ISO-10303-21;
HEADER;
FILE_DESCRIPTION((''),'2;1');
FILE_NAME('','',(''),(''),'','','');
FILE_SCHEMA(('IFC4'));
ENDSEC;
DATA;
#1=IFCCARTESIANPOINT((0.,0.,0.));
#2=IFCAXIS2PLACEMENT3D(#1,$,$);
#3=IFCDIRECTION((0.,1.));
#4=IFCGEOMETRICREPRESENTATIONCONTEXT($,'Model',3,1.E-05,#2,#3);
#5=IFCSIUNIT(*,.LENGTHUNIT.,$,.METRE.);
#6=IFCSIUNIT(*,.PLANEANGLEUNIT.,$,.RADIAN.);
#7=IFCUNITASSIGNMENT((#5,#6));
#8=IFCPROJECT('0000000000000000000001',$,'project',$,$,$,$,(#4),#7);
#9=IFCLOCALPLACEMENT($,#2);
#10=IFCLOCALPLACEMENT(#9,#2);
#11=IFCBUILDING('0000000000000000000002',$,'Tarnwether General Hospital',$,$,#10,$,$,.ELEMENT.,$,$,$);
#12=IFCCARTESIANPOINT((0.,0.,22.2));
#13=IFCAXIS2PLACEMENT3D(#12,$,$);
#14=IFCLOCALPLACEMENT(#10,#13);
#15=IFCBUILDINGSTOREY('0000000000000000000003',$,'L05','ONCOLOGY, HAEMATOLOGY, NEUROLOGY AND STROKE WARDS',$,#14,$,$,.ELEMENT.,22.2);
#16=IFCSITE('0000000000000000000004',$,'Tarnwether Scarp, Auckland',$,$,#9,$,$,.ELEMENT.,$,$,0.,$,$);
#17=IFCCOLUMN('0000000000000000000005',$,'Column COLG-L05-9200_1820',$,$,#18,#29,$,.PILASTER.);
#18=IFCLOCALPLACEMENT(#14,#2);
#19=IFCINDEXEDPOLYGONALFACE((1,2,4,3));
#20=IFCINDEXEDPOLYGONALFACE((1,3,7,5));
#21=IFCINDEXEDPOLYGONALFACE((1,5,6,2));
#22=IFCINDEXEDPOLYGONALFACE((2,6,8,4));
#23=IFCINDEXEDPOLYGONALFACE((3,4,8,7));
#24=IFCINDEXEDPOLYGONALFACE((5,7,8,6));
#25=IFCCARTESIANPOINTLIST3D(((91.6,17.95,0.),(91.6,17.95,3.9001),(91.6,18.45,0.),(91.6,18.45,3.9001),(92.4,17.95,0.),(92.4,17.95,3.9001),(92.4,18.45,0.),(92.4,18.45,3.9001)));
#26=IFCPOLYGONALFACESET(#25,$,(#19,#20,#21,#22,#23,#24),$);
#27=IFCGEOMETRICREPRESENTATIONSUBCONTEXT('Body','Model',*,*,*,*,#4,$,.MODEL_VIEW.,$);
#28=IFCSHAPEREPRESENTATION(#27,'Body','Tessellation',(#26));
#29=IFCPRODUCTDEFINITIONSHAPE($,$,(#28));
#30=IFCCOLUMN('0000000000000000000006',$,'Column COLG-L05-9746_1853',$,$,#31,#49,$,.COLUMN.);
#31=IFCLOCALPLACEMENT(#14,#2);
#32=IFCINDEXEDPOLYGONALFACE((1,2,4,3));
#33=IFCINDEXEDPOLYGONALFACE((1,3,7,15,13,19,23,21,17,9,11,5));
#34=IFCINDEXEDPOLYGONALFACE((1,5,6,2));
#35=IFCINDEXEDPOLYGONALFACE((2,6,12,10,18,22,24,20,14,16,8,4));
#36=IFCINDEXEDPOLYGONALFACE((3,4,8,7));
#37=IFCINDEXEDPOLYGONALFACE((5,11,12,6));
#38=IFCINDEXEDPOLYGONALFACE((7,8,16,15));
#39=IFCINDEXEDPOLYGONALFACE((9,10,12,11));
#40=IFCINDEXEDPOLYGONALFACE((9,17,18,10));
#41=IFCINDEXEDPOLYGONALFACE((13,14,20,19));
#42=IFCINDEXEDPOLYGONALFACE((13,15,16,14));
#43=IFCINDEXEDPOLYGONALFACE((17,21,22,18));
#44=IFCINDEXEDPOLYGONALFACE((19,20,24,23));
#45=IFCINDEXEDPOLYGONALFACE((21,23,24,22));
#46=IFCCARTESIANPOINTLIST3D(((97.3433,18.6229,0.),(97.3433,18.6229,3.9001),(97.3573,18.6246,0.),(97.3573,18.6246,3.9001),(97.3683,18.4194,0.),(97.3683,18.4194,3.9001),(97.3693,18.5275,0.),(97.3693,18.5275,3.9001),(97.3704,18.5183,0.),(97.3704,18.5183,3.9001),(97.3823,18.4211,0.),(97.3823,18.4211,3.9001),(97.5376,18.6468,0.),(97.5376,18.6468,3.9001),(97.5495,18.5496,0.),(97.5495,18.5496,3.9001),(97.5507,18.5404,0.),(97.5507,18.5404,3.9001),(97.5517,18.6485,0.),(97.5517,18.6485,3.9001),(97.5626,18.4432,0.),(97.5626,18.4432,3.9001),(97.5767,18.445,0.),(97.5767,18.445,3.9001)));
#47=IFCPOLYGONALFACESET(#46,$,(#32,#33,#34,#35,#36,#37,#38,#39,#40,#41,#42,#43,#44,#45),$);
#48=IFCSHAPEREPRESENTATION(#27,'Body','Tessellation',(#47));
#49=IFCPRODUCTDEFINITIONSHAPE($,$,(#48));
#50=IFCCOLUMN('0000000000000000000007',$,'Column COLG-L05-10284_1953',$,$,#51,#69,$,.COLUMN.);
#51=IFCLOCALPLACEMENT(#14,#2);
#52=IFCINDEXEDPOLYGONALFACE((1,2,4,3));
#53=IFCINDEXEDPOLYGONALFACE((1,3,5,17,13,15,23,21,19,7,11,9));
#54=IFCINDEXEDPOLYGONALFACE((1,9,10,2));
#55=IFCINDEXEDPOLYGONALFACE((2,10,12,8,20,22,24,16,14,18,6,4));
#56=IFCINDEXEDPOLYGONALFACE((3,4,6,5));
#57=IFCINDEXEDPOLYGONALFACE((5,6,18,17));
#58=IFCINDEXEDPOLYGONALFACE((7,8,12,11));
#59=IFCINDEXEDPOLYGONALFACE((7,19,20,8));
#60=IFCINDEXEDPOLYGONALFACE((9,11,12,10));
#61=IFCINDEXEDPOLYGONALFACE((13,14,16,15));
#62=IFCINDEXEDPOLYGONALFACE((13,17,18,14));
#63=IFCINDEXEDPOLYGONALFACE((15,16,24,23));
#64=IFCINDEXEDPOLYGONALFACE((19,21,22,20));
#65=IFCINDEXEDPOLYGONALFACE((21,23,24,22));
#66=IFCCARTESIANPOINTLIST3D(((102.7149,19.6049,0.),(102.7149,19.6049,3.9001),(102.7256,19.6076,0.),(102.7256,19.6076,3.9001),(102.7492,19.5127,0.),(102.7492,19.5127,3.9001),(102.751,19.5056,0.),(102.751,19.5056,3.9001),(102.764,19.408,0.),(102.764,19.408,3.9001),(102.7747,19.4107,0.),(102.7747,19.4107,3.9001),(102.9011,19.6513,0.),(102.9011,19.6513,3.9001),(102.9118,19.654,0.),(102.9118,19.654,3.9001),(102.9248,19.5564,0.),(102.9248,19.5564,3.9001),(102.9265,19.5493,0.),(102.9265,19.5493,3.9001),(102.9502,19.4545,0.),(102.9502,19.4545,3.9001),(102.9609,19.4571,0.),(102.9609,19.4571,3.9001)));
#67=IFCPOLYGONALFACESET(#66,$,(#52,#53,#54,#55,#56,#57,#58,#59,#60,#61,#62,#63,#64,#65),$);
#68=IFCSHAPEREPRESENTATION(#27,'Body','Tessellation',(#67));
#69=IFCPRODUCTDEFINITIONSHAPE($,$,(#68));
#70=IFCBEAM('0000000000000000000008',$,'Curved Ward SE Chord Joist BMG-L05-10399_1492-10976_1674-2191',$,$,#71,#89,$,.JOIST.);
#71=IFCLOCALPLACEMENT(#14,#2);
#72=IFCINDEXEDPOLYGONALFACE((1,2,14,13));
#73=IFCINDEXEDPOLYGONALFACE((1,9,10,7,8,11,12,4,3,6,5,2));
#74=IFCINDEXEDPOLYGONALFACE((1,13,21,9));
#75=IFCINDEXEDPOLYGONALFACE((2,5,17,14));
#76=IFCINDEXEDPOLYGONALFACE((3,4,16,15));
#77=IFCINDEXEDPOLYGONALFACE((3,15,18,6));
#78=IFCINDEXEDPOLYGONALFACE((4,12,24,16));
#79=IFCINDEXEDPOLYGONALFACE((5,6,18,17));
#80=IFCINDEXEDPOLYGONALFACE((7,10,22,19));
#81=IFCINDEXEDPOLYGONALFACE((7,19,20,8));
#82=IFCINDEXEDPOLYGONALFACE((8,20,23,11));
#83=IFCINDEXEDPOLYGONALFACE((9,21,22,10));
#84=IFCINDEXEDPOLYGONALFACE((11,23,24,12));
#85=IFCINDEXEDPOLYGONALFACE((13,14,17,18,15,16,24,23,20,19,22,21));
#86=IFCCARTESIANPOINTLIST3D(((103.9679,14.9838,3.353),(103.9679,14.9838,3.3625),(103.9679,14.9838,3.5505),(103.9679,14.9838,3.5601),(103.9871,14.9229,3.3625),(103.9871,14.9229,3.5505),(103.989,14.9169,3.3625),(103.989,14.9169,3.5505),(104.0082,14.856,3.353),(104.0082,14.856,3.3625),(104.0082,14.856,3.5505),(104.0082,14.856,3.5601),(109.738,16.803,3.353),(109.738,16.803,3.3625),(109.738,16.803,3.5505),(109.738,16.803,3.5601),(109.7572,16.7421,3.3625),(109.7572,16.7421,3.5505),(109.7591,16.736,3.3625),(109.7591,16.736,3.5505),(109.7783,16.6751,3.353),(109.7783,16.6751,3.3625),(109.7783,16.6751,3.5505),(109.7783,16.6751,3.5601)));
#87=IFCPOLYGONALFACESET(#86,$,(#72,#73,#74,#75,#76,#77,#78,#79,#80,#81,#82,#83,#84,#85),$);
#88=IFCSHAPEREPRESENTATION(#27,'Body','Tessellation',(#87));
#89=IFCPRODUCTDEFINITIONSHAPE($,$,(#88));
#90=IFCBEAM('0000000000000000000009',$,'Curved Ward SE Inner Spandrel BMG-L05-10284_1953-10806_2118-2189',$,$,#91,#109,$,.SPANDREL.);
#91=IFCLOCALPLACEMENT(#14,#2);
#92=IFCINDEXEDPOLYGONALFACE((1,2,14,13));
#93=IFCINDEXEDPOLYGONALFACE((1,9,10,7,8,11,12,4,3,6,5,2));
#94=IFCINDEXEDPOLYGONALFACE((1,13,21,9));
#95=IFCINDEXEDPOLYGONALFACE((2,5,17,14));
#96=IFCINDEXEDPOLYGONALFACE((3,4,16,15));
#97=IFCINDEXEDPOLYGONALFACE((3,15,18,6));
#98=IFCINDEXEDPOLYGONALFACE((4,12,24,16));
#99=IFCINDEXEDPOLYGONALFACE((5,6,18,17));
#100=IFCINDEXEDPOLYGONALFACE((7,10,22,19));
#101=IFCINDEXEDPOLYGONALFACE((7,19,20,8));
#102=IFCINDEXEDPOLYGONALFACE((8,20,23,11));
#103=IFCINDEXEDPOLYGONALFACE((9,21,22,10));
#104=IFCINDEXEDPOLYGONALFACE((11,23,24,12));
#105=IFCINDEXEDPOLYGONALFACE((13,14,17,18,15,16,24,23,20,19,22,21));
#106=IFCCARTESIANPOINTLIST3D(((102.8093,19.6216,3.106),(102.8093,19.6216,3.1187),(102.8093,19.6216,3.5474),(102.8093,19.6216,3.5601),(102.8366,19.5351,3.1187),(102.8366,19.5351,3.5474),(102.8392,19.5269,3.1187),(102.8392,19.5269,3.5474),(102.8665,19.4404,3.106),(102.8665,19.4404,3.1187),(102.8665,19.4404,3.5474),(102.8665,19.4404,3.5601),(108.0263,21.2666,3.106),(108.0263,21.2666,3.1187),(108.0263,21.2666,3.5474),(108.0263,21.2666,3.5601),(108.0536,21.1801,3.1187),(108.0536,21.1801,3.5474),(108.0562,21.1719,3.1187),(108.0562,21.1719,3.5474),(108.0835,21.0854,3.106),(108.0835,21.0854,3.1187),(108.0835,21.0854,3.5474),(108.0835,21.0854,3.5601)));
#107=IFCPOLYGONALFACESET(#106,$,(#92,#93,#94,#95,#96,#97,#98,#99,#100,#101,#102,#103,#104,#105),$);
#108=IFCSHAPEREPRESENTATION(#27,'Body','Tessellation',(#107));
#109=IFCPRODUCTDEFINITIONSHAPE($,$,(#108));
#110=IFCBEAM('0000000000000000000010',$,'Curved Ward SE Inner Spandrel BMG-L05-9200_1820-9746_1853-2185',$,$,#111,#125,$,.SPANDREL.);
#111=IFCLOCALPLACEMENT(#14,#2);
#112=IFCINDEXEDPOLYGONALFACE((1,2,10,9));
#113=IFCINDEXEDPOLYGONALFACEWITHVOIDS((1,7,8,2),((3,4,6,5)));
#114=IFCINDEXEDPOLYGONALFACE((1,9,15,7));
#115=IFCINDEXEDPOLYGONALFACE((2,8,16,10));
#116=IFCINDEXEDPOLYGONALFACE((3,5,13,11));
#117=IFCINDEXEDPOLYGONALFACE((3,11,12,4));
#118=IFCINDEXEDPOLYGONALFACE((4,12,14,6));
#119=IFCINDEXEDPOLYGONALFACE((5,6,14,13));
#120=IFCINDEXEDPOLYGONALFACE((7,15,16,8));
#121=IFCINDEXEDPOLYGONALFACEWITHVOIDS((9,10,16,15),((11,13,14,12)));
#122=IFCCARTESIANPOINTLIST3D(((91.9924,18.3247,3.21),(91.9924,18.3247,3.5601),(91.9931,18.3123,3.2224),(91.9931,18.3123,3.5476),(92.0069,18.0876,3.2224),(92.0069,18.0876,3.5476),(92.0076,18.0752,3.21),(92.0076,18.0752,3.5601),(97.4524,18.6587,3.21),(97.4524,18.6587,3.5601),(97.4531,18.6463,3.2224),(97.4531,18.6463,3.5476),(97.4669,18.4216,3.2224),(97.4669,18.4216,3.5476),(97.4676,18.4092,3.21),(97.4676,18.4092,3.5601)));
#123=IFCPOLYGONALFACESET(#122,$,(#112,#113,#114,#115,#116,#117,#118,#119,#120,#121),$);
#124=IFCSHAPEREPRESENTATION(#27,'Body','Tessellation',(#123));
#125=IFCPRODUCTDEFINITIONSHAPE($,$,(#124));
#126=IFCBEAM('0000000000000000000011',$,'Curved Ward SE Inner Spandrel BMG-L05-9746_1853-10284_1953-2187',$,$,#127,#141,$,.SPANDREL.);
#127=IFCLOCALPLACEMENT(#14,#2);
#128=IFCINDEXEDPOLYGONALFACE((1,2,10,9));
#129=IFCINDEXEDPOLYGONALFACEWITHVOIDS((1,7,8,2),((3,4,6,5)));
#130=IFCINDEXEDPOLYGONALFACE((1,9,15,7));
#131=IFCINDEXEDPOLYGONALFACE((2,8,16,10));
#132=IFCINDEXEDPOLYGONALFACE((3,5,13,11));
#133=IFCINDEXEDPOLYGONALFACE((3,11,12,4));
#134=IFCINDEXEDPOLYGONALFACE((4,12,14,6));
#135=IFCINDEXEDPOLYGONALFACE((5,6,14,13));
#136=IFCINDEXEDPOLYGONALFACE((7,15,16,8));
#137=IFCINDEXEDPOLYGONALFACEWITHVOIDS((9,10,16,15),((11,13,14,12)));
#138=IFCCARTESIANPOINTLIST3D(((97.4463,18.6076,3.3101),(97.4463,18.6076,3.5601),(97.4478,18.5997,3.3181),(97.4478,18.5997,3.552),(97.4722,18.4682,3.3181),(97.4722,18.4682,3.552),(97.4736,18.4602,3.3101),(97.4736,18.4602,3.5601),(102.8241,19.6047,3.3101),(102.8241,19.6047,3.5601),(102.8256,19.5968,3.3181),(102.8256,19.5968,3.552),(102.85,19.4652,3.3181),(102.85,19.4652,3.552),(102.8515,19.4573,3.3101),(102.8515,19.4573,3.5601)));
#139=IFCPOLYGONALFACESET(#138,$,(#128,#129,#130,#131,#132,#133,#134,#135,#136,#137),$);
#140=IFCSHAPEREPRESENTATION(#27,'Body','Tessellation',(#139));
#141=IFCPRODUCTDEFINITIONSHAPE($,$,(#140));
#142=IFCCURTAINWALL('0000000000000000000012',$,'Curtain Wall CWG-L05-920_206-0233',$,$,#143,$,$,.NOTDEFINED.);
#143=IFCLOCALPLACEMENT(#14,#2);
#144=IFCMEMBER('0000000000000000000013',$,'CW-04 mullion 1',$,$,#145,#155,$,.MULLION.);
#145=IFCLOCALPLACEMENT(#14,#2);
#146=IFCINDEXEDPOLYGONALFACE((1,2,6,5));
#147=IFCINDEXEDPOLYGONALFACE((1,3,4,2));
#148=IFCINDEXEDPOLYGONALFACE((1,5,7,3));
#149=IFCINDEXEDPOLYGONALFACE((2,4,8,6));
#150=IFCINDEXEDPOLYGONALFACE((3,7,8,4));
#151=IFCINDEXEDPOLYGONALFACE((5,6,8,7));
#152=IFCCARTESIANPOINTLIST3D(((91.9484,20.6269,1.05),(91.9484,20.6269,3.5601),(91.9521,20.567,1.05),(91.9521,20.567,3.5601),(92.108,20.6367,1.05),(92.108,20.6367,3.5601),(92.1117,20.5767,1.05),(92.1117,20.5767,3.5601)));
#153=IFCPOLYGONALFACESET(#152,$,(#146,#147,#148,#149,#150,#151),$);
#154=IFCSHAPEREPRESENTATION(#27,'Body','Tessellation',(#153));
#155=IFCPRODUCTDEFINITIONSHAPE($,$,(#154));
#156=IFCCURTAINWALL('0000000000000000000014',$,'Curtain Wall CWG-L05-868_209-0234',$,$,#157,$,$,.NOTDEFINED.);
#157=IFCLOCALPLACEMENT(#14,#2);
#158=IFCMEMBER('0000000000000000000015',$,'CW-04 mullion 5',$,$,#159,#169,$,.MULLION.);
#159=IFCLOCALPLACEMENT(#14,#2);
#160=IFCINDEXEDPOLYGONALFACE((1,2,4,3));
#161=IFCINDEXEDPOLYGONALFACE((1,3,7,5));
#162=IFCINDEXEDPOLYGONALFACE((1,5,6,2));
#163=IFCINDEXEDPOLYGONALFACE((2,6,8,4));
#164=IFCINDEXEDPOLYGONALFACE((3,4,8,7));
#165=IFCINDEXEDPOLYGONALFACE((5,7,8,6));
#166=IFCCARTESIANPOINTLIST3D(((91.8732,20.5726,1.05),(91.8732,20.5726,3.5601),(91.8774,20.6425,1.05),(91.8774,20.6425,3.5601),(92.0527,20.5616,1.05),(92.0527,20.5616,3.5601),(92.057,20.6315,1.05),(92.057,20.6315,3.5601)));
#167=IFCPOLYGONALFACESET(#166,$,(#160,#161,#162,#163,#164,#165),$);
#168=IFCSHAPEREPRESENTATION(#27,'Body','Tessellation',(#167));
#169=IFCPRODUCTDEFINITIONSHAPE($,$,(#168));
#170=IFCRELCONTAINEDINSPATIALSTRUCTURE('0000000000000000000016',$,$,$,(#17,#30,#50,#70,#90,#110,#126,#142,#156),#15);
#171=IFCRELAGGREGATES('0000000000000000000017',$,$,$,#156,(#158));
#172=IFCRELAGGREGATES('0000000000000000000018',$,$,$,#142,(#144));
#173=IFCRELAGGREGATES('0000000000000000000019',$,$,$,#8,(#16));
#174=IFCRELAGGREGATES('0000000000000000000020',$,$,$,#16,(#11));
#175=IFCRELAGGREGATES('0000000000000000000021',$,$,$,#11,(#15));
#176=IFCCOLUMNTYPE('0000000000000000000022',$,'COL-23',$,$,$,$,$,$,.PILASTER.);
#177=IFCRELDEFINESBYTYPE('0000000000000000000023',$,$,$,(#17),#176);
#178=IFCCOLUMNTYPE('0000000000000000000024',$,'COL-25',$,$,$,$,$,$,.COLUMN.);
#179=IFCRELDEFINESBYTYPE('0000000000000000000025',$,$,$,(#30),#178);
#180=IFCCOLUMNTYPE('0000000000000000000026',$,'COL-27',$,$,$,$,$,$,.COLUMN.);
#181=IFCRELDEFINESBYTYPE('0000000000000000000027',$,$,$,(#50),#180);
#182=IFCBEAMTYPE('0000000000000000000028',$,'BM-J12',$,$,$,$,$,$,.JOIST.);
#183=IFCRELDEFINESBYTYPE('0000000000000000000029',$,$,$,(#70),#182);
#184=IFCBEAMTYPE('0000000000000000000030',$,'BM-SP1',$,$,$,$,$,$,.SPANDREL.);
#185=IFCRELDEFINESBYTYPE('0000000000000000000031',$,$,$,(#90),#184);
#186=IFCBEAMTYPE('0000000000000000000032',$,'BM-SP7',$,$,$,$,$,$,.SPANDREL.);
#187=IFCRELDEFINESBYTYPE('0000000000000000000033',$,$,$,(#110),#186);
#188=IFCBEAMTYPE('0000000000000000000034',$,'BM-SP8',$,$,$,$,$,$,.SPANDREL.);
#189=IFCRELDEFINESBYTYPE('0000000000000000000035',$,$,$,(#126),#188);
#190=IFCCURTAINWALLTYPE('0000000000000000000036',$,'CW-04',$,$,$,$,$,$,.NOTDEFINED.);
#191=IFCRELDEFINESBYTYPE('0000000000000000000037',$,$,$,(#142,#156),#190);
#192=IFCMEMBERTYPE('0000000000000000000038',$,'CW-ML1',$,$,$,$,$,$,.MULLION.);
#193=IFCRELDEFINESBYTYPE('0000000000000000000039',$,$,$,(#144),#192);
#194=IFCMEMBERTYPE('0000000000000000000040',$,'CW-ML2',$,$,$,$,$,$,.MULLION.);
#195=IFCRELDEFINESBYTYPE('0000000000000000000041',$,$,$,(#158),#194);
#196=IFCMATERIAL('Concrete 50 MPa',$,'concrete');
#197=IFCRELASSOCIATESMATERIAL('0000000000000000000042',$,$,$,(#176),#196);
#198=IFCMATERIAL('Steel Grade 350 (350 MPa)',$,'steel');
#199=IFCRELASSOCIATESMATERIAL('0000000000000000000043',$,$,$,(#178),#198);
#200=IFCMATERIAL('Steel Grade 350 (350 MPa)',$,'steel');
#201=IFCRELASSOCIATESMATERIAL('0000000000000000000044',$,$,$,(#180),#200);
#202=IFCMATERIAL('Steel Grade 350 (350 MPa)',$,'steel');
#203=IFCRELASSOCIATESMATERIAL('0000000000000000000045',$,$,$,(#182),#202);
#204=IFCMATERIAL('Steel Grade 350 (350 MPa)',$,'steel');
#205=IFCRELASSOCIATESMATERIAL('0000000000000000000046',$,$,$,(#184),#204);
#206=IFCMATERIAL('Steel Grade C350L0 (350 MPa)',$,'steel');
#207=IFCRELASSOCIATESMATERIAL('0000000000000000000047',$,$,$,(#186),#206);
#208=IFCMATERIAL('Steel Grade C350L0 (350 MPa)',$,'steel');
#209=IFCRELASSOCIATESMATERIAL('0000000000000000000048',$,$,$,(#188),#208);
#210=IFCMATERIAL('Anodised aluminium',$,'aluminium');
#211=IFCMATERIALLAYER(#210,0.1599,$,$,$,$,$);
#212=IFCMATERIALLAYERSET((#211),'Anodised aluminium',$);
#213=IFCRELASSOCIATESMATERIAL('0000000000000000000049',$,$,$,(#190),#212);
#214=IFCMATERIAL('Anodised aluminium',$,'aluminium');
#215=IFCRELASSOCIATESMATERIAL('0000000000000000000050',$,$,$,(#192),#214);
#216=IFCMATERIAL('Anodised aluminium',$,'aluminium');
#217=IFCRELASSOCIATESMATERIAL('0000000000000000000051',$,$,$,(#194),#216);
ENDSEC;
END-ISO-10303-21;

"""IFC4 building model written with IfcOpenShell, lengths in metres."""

from ifc_helpers import new_model, si_unit, direction, frame, origin, origin_2d, place, context, subcontext, project, spatial, rectangle, hollow_rectangle, i_section, extrude, material, layer, layer_set, material_profile, profile_set, type_object, element, aggregate, save


model = new_model("IFC4")

# Units and contexts
model_context = context("Model", 3, precision=1e-05, world=origin(), true_north=direction((0.0, 1.0)))
body_context = subcontext(model_context, "Body", "Model", "MODEL_VIEW")
ifc_project = project(units=[si_unit("LENGTHUNIT", "METRE"), si_unit("PLANEANGLEUNIT", "RADIAN")], contexts=[model_context])

# Site, building, storey
site_placement = place(None, origin())
site = spatial("IfcSite", under=ifc_project, at=site_placement, Name="Tarnwether Scarp, Auckland", CompositionType="ELEMENT", RefElevation=0.0)
building_placement = place(site_placement, origin())
building = spatial("IfcBuilding", under=site, at=building_placement, Name="Tarnwether General Hospital", CompositionType="ELEMENT")
storey_placement = place(building_placement, frame((0.0, 0.0, 22.2)))
storey = spatial("IfcBuildingStorey", under=building, at=storey_placement, Name="L05", Description="ONCOLOGY, HAEMATOLOGY, NEUROLOGY AND STROKE WARDS", CompositionType="ELEMENT", Elevation=22.2)

# Columns
ifc_material_1 = material(Name="Concrete 50 MPa", Category="concrete")
ifc_material_profile_1 = material_profile(ifc_material_1, rectangle(XDim=0.5, YDim=0.8, at=origin_2d()), Name="RC-PIL-500x800")
ifc_profile_set_1 = profile_set([ifc_material_profile_1], Name="Concrete 50 MPa")
column_type_1 = type_object("IfcColumnType", Name="COL-23", PredefinedType="PILASTER", material=ifc_profile_set_1)
column_1_placement = place(storey_placement, frame((92.0, 18.2, 0.0), z_axis=(0.0, 0.0, 1.0), x_axis=(0.0, 1.0, 0.0)))
element("IfcColumn", 1, at=column_1_placement, inside=storey, type_object=column_type_1, Name="Column COLG-L05-9200_1820", PredefinedType="PILASTER", context=body_context, shape_type="SweptSolid", body=[
    extrude(rectangle(XDim=0.5, YDim=0.8, at=origin_2d()), origin(), (0.0, 0.0, 1.0), 3.9001),
])
ifc_material_2 = material(Name="Steel Grade 350 (350 MPa)", Category="steel")
ifc_material_profile_2 = material_profile(ifc_material_2, i_section(OverallWidth=0.2051, OverallDepth=0.21, WebThickness=0.0093, FlangeThickness=0.0142, at=origin_2d()), Name="200UC59.5")
ifc_profile_set_2 = profile_set([ifc_material_profile_2], Name="Steel Grade 350 (350 MPa)")
column_type_2 = type_object("IfcColumnType", Name="COL-25", PredefinedType="COLUMN", material=ifc_profile_set_2)
column_2_placement = place(storey_placement, frame((97.46, 18.5339, 0.0), z_axis=(0.0, 0.0, 1.0), x_axis=(-0.121869, 0.992546, 0.0)))
element("IfcColumn", 2, at=column_2_placement, inside=storey, type_object=column_type_2, Name="Column COLG-L05-9746_1853", PredefinedType="COLUMN", context=body_context, shape_type="SweptSolid", body=[
    extrude(i_section(OverallWidth=0.2051, OverallDepth=0.21, WebThickness=0.0093, FlangeThickness=0.0142, at=origin_2d()), origin(), (0.0, 0.0, 1.0), 3.9001),
])
ifc_material_3 = material(Name="Steel Grade 350 (350 MPa)", Category="steel")
ifc_material_profile_3 = material_profile(ifc_material_3, i_section(OverallWidth=0.2029, OverallDepth=0.2029, WebThickness=0.0073, FlangeThickness=0.011, at=origin_2d()), Name="200UC46.2")
ifc_profile_set_3 = profile_set([ifc_material_profile_3], Name="Steel Grade 350 (350 MPa)")
column_type_3 = type_object("IfcColumnType", Name="COL-27", PredefinedType="COLUMN", material=ifc_profile_set_3)
column_3_placement = place(storey_placement, frame((102.8379, 19.531, 0.0), z_axis=(0.0, 0.0, 1.0), x_axis=(-0.241922, 0.970296, 0.0)))
element("IfcColumn", 3, at=column_3_placement, inside=storey, type_object=column_type_3, Name="Column COLG-L05-10284_1953", PredefinedType="COLUMN", context=body_context, shape_type="SweptSolid", body=[
    extrude(i_section(OverallWidth=0.2029, OverallDepth=0.2029, WebThickness=0.0073, FlangeThickness=0.011, at=origin_2d()), origin(), (0.0, 0.0, 1.0), 3.9001),
])

# Beams
ifc_material_4 = material(Name="Steel Grade 350 (350 MPa)", Category="steel")
ifc_material_profile_4 = material_profile(ifc_material_4, i_section(OverallWidth=0.134, OverallDepth=0.207, WebThickness=0.0063, FlangeThickness=0.0095, at=origin_2d()), Name="200UB29.8")
ifc_profile_set_4 = profile_set([ifc_material_profile_4], Name="Steel Grade 350 (350 MPa)")
beam_type_1 = type_object("IfcBeamType", Name="BM-J12", PredefinedType="JOIST", material=ifc_profile_set_4)
beam_1_placement = place(storey_placement, frame((103.988, 14.9199, 3.4565), z_axis=(0.953726, 0.300677, 0.0), x_axis=(-0.300677, 0.953726, 0.0)))
element("IfcBeam", 4, at=beam_1_placement, inside=storey, type_object=beam_type_1, Name="Curved Ward SE Chord Joist BMG-L05-10399_1492-10976_1674-2191", PredefinedType="JOIST", context=body_context, shape_type="SweptSolid", body=[
    extrude(i_section(OverallWidth=0.134, OverallDepth=0.207, WebThickness=0.0063, FlangeThickness=0.0095, at=origin_2d()), origin(), (0.0, 0.0, 1.0), 6.05),
])
ifc_material_5 = material(Name="Steel Grade 350 (350 MPa)", Category="steel")
ifc_material_profile_5 = material_profile(ifc_material_5, i_section(OverallWidth=0.1899, OverallDepth=0.4541, WebThickness=0.0085, FlangeThickness=0.0127, at=origin_2d()), Name="460UB67.1")
ifc_profile_set_5 = profile_set([ifc_material_profile_5], Name="Steel Grade 350 (350 MPa)")
beam_type_2 = type_object("IfcBeamType", Name="BM-SP1", PredefinedType="SPANDREL", material=ifc_profile_set_5)
beam_2_placement = place(storey_placement, frame((102.8379, 19.531, 3.333), z_axis=(0.953712, 0.300721, 0.0), x_axis=(-0.300721, 0.953712, 0.0)))
element("IfcBeam", 5, at=beam_2_placement, inside=storey, type_object=beam_type_2, Name="Curved Ward SE Inner Spandrel BMG-L05-10284_1953-10806_2118-2189", PredefinedType="SPANDREL", context=body_context, shape_type="SweptSolid", body=[
    extrude(i_section(OverallWidth=0.1899, OverallDepth=0.4541, WebThickness=0.0085, FlangeThickness=0.0127, at=origin_2d()), origin(), (0.0, 0.0, 1.0), 5.4702),
])
ifc_material_6 = material(Name="Steel Grade C350L0 (350 MPa)", Category="steel")
ifc_material_profile_6 = material_profile(ifc_material_6, hollow_rectangle(XDim=0.25, YDim=0.3501, WallThickness=0.0125, at=origin_2d()), Name="RHS350x250x12.5")
ifc_profile_set_6 = profile_set([ifc_material_profile_6], Name="Steel Grade C350L0 (350 MPa)")
beam_type_3 = type_object("IfcBeamType", Name="BM-SP7", PredefinedType="SPANDREL", material=ifc_profile_set_6)
beam_3_placement = place(storey_placement, frame((92.0, 18.2, 3.385), z_axis=(0.998134, 0.061056, 0.0), x_axis=(-0.061056, 0.998134, 0.0)))
element("IfcBeam", 6, at=beam_3_placement, inside=storey, type_object=beam_type_3, Name="Curved Ward SE Inner Spandrel BMG-L05-9200_1820-9746_1853-2185", PredefinedType="SPANDREL", context=body_context, shape_type="SweptSolid", body=[
    extrude(hollow_rectangle(XDim=0.25, YDim=0.3501, WallThickness=0.0125, at=origin_2d()), origin(), (0.0, 0.0, 1.0), 5.4702),
])
ifc_material_7 = material(Name="Steel Grade C350L0 (350 MPa)", Category="steel")
ifc_material_profile_7 = material_profile(ifc_material_7, hollow_rectangle(XDim=0.1499, YDim=0.25, WallThickness=0.0081, at=origin_2d()), Name="RHS250x150x8")
ifc_profile_set_7 = profile_set([ifc_material_profile_7], Name="Steel Grade C350L0 (350 MPa)")
beam_type_4 = type_object("IfcBeamType", Name="BM-SP8", PredefinedType="SPANDREL", material=ifc_profile_set_7)
beam_4_placement = place(storey_placement, frame((97.46, 18.5339, 3.4351), z_axis=(0.983244, 0.182294, 0.0), x_axis=(-0.182294, 0.983244, 0.0)))
element("IfcBeam", 7, at=beam_4_placement, inside=storey, type_object=beam_type_4, Name="Curved Ward SE Inner Spandrel BMG-L05-9746_1853-10284_1953-2187", PredefinedType="SPANDREL", context=body_context, shape_type="SweptSolid", body=[
    extrude(hollow_rectangle(XDim=0.1499, YDim=0.25, WallThickness=0.0081, at=origin_2d()), origin(), (0.0, 0.0, 1.0), 5.4695),
])

# Curtain walls, members
ifc_material_8 = material(Name="Anodised aluminium", Category="aluminium")
ifc_layer_1 = layer(ifc_material_8, 0.1599)
ifc_layer_set_1 = layer_set([ifc_layer_1], Name="Anodised aluminium")
curtain_wall_type = type_object("IfcCurtainWallType", Name="CW-04", PredefinedType="NOTDEFINED", material=ifc_layer_set_1)
curtain_wall_1_placement = place(storey_placement, origin())
curtain_wall_1 = element("IfcCurtainWall", 8, at=curtain_wall_1_placement, inside=storey, type_object=curtain_wall_type, Name="Curtain Wall CWG-L05-920_206-0233", PredefinedType="NOTDEFINED")
ifc_material_9 = material(Name="Anodised aluminium", Category="aluminium")
ifc_material_profile_8 = material_profile(ifc_material_9, rectangle(XDim=0.0601, YDim=0.1599, at=origin_2d()), Name="ALU-MUL-60x160")
ifc_profile_set_8 = profile_set([ifc_material_profile_8], Name="Anodised aluminium")
member_type_1 = type_object("IfcMemberType", Name="CW-ML1", PredefinedType="MULLION", material=ifc_profile_set_8)
member_1_placement = place(storey_placement, frame((92.03, 20.6018, 1.05), z_axis=(0.0, 0.0, 1.0), x_axis=(-0.061043, 0.998135, 0.0)))
member_1 = element("IfcMember", 9, at=member_1_placement, type_object=member_type_1, Name="CW-04 mullion 1", PredefinedType="MULLION", context=body_context, shape_type="SweptSolid", body=[
    extrude(rectangle(XDim=0.0601, YDim=0.1599, at=origin_2d()), origin(), (0.0, 0.0, 1.0), 2.51),
])
curtain_wall_2_placement = place(storey_placement, origin())
curtain_wall_2 = element("IfcCurtainWall", 10, at=curtain_wall_2_placement, inside=storey, type_object=curtain_wall_type, Name="Curtain Wall CWG-L05-868_209-0234", PredefinedType="NOTDEFINED")
ifc_material_10 = material(Name="Anodised aluminium", Category="aluminium")
ifc_material_profile_9 = material_profile(ifc_material_10, rectangle(XDim=0.0701, YDim=0.1799, at=origin_2d()), Name="ALU-MUL-70x180")
ifc_profile_set_9 = profile_set([ifc_material_profile_9], Name="Anodised aluminium")
member_type_2 = type_object("IfcMemberType", Name="CW-ML2", PredefinedType="MULLION", material=ifc_profile_set_9)
member_2_placement = place(storey_placement, frame((91.9651, 20.6021, 1.05), z_axis=(0.0, 0.0, 1.0), x_axis=(0.061043, 0.998135, 0.0)))
member_2 = element("IfcMember", 11, at=member_2_placement, type_object=member_type_2, Name="CW-04 mullion 5", PredefinedType="MULLION", context=body_context, shape_type="SweptSolid", body=[
    extrude(rectangle(XDim=0.0701, YDim=0.1799, at=origin_2d()), origin(), (0.0, 0.0, 1.0), 2.51),
])
aggregate(curtain_wall_2, [member_2])

aggregate(curtain_wall_1, [member_1])

save(model, "model.ifc")
